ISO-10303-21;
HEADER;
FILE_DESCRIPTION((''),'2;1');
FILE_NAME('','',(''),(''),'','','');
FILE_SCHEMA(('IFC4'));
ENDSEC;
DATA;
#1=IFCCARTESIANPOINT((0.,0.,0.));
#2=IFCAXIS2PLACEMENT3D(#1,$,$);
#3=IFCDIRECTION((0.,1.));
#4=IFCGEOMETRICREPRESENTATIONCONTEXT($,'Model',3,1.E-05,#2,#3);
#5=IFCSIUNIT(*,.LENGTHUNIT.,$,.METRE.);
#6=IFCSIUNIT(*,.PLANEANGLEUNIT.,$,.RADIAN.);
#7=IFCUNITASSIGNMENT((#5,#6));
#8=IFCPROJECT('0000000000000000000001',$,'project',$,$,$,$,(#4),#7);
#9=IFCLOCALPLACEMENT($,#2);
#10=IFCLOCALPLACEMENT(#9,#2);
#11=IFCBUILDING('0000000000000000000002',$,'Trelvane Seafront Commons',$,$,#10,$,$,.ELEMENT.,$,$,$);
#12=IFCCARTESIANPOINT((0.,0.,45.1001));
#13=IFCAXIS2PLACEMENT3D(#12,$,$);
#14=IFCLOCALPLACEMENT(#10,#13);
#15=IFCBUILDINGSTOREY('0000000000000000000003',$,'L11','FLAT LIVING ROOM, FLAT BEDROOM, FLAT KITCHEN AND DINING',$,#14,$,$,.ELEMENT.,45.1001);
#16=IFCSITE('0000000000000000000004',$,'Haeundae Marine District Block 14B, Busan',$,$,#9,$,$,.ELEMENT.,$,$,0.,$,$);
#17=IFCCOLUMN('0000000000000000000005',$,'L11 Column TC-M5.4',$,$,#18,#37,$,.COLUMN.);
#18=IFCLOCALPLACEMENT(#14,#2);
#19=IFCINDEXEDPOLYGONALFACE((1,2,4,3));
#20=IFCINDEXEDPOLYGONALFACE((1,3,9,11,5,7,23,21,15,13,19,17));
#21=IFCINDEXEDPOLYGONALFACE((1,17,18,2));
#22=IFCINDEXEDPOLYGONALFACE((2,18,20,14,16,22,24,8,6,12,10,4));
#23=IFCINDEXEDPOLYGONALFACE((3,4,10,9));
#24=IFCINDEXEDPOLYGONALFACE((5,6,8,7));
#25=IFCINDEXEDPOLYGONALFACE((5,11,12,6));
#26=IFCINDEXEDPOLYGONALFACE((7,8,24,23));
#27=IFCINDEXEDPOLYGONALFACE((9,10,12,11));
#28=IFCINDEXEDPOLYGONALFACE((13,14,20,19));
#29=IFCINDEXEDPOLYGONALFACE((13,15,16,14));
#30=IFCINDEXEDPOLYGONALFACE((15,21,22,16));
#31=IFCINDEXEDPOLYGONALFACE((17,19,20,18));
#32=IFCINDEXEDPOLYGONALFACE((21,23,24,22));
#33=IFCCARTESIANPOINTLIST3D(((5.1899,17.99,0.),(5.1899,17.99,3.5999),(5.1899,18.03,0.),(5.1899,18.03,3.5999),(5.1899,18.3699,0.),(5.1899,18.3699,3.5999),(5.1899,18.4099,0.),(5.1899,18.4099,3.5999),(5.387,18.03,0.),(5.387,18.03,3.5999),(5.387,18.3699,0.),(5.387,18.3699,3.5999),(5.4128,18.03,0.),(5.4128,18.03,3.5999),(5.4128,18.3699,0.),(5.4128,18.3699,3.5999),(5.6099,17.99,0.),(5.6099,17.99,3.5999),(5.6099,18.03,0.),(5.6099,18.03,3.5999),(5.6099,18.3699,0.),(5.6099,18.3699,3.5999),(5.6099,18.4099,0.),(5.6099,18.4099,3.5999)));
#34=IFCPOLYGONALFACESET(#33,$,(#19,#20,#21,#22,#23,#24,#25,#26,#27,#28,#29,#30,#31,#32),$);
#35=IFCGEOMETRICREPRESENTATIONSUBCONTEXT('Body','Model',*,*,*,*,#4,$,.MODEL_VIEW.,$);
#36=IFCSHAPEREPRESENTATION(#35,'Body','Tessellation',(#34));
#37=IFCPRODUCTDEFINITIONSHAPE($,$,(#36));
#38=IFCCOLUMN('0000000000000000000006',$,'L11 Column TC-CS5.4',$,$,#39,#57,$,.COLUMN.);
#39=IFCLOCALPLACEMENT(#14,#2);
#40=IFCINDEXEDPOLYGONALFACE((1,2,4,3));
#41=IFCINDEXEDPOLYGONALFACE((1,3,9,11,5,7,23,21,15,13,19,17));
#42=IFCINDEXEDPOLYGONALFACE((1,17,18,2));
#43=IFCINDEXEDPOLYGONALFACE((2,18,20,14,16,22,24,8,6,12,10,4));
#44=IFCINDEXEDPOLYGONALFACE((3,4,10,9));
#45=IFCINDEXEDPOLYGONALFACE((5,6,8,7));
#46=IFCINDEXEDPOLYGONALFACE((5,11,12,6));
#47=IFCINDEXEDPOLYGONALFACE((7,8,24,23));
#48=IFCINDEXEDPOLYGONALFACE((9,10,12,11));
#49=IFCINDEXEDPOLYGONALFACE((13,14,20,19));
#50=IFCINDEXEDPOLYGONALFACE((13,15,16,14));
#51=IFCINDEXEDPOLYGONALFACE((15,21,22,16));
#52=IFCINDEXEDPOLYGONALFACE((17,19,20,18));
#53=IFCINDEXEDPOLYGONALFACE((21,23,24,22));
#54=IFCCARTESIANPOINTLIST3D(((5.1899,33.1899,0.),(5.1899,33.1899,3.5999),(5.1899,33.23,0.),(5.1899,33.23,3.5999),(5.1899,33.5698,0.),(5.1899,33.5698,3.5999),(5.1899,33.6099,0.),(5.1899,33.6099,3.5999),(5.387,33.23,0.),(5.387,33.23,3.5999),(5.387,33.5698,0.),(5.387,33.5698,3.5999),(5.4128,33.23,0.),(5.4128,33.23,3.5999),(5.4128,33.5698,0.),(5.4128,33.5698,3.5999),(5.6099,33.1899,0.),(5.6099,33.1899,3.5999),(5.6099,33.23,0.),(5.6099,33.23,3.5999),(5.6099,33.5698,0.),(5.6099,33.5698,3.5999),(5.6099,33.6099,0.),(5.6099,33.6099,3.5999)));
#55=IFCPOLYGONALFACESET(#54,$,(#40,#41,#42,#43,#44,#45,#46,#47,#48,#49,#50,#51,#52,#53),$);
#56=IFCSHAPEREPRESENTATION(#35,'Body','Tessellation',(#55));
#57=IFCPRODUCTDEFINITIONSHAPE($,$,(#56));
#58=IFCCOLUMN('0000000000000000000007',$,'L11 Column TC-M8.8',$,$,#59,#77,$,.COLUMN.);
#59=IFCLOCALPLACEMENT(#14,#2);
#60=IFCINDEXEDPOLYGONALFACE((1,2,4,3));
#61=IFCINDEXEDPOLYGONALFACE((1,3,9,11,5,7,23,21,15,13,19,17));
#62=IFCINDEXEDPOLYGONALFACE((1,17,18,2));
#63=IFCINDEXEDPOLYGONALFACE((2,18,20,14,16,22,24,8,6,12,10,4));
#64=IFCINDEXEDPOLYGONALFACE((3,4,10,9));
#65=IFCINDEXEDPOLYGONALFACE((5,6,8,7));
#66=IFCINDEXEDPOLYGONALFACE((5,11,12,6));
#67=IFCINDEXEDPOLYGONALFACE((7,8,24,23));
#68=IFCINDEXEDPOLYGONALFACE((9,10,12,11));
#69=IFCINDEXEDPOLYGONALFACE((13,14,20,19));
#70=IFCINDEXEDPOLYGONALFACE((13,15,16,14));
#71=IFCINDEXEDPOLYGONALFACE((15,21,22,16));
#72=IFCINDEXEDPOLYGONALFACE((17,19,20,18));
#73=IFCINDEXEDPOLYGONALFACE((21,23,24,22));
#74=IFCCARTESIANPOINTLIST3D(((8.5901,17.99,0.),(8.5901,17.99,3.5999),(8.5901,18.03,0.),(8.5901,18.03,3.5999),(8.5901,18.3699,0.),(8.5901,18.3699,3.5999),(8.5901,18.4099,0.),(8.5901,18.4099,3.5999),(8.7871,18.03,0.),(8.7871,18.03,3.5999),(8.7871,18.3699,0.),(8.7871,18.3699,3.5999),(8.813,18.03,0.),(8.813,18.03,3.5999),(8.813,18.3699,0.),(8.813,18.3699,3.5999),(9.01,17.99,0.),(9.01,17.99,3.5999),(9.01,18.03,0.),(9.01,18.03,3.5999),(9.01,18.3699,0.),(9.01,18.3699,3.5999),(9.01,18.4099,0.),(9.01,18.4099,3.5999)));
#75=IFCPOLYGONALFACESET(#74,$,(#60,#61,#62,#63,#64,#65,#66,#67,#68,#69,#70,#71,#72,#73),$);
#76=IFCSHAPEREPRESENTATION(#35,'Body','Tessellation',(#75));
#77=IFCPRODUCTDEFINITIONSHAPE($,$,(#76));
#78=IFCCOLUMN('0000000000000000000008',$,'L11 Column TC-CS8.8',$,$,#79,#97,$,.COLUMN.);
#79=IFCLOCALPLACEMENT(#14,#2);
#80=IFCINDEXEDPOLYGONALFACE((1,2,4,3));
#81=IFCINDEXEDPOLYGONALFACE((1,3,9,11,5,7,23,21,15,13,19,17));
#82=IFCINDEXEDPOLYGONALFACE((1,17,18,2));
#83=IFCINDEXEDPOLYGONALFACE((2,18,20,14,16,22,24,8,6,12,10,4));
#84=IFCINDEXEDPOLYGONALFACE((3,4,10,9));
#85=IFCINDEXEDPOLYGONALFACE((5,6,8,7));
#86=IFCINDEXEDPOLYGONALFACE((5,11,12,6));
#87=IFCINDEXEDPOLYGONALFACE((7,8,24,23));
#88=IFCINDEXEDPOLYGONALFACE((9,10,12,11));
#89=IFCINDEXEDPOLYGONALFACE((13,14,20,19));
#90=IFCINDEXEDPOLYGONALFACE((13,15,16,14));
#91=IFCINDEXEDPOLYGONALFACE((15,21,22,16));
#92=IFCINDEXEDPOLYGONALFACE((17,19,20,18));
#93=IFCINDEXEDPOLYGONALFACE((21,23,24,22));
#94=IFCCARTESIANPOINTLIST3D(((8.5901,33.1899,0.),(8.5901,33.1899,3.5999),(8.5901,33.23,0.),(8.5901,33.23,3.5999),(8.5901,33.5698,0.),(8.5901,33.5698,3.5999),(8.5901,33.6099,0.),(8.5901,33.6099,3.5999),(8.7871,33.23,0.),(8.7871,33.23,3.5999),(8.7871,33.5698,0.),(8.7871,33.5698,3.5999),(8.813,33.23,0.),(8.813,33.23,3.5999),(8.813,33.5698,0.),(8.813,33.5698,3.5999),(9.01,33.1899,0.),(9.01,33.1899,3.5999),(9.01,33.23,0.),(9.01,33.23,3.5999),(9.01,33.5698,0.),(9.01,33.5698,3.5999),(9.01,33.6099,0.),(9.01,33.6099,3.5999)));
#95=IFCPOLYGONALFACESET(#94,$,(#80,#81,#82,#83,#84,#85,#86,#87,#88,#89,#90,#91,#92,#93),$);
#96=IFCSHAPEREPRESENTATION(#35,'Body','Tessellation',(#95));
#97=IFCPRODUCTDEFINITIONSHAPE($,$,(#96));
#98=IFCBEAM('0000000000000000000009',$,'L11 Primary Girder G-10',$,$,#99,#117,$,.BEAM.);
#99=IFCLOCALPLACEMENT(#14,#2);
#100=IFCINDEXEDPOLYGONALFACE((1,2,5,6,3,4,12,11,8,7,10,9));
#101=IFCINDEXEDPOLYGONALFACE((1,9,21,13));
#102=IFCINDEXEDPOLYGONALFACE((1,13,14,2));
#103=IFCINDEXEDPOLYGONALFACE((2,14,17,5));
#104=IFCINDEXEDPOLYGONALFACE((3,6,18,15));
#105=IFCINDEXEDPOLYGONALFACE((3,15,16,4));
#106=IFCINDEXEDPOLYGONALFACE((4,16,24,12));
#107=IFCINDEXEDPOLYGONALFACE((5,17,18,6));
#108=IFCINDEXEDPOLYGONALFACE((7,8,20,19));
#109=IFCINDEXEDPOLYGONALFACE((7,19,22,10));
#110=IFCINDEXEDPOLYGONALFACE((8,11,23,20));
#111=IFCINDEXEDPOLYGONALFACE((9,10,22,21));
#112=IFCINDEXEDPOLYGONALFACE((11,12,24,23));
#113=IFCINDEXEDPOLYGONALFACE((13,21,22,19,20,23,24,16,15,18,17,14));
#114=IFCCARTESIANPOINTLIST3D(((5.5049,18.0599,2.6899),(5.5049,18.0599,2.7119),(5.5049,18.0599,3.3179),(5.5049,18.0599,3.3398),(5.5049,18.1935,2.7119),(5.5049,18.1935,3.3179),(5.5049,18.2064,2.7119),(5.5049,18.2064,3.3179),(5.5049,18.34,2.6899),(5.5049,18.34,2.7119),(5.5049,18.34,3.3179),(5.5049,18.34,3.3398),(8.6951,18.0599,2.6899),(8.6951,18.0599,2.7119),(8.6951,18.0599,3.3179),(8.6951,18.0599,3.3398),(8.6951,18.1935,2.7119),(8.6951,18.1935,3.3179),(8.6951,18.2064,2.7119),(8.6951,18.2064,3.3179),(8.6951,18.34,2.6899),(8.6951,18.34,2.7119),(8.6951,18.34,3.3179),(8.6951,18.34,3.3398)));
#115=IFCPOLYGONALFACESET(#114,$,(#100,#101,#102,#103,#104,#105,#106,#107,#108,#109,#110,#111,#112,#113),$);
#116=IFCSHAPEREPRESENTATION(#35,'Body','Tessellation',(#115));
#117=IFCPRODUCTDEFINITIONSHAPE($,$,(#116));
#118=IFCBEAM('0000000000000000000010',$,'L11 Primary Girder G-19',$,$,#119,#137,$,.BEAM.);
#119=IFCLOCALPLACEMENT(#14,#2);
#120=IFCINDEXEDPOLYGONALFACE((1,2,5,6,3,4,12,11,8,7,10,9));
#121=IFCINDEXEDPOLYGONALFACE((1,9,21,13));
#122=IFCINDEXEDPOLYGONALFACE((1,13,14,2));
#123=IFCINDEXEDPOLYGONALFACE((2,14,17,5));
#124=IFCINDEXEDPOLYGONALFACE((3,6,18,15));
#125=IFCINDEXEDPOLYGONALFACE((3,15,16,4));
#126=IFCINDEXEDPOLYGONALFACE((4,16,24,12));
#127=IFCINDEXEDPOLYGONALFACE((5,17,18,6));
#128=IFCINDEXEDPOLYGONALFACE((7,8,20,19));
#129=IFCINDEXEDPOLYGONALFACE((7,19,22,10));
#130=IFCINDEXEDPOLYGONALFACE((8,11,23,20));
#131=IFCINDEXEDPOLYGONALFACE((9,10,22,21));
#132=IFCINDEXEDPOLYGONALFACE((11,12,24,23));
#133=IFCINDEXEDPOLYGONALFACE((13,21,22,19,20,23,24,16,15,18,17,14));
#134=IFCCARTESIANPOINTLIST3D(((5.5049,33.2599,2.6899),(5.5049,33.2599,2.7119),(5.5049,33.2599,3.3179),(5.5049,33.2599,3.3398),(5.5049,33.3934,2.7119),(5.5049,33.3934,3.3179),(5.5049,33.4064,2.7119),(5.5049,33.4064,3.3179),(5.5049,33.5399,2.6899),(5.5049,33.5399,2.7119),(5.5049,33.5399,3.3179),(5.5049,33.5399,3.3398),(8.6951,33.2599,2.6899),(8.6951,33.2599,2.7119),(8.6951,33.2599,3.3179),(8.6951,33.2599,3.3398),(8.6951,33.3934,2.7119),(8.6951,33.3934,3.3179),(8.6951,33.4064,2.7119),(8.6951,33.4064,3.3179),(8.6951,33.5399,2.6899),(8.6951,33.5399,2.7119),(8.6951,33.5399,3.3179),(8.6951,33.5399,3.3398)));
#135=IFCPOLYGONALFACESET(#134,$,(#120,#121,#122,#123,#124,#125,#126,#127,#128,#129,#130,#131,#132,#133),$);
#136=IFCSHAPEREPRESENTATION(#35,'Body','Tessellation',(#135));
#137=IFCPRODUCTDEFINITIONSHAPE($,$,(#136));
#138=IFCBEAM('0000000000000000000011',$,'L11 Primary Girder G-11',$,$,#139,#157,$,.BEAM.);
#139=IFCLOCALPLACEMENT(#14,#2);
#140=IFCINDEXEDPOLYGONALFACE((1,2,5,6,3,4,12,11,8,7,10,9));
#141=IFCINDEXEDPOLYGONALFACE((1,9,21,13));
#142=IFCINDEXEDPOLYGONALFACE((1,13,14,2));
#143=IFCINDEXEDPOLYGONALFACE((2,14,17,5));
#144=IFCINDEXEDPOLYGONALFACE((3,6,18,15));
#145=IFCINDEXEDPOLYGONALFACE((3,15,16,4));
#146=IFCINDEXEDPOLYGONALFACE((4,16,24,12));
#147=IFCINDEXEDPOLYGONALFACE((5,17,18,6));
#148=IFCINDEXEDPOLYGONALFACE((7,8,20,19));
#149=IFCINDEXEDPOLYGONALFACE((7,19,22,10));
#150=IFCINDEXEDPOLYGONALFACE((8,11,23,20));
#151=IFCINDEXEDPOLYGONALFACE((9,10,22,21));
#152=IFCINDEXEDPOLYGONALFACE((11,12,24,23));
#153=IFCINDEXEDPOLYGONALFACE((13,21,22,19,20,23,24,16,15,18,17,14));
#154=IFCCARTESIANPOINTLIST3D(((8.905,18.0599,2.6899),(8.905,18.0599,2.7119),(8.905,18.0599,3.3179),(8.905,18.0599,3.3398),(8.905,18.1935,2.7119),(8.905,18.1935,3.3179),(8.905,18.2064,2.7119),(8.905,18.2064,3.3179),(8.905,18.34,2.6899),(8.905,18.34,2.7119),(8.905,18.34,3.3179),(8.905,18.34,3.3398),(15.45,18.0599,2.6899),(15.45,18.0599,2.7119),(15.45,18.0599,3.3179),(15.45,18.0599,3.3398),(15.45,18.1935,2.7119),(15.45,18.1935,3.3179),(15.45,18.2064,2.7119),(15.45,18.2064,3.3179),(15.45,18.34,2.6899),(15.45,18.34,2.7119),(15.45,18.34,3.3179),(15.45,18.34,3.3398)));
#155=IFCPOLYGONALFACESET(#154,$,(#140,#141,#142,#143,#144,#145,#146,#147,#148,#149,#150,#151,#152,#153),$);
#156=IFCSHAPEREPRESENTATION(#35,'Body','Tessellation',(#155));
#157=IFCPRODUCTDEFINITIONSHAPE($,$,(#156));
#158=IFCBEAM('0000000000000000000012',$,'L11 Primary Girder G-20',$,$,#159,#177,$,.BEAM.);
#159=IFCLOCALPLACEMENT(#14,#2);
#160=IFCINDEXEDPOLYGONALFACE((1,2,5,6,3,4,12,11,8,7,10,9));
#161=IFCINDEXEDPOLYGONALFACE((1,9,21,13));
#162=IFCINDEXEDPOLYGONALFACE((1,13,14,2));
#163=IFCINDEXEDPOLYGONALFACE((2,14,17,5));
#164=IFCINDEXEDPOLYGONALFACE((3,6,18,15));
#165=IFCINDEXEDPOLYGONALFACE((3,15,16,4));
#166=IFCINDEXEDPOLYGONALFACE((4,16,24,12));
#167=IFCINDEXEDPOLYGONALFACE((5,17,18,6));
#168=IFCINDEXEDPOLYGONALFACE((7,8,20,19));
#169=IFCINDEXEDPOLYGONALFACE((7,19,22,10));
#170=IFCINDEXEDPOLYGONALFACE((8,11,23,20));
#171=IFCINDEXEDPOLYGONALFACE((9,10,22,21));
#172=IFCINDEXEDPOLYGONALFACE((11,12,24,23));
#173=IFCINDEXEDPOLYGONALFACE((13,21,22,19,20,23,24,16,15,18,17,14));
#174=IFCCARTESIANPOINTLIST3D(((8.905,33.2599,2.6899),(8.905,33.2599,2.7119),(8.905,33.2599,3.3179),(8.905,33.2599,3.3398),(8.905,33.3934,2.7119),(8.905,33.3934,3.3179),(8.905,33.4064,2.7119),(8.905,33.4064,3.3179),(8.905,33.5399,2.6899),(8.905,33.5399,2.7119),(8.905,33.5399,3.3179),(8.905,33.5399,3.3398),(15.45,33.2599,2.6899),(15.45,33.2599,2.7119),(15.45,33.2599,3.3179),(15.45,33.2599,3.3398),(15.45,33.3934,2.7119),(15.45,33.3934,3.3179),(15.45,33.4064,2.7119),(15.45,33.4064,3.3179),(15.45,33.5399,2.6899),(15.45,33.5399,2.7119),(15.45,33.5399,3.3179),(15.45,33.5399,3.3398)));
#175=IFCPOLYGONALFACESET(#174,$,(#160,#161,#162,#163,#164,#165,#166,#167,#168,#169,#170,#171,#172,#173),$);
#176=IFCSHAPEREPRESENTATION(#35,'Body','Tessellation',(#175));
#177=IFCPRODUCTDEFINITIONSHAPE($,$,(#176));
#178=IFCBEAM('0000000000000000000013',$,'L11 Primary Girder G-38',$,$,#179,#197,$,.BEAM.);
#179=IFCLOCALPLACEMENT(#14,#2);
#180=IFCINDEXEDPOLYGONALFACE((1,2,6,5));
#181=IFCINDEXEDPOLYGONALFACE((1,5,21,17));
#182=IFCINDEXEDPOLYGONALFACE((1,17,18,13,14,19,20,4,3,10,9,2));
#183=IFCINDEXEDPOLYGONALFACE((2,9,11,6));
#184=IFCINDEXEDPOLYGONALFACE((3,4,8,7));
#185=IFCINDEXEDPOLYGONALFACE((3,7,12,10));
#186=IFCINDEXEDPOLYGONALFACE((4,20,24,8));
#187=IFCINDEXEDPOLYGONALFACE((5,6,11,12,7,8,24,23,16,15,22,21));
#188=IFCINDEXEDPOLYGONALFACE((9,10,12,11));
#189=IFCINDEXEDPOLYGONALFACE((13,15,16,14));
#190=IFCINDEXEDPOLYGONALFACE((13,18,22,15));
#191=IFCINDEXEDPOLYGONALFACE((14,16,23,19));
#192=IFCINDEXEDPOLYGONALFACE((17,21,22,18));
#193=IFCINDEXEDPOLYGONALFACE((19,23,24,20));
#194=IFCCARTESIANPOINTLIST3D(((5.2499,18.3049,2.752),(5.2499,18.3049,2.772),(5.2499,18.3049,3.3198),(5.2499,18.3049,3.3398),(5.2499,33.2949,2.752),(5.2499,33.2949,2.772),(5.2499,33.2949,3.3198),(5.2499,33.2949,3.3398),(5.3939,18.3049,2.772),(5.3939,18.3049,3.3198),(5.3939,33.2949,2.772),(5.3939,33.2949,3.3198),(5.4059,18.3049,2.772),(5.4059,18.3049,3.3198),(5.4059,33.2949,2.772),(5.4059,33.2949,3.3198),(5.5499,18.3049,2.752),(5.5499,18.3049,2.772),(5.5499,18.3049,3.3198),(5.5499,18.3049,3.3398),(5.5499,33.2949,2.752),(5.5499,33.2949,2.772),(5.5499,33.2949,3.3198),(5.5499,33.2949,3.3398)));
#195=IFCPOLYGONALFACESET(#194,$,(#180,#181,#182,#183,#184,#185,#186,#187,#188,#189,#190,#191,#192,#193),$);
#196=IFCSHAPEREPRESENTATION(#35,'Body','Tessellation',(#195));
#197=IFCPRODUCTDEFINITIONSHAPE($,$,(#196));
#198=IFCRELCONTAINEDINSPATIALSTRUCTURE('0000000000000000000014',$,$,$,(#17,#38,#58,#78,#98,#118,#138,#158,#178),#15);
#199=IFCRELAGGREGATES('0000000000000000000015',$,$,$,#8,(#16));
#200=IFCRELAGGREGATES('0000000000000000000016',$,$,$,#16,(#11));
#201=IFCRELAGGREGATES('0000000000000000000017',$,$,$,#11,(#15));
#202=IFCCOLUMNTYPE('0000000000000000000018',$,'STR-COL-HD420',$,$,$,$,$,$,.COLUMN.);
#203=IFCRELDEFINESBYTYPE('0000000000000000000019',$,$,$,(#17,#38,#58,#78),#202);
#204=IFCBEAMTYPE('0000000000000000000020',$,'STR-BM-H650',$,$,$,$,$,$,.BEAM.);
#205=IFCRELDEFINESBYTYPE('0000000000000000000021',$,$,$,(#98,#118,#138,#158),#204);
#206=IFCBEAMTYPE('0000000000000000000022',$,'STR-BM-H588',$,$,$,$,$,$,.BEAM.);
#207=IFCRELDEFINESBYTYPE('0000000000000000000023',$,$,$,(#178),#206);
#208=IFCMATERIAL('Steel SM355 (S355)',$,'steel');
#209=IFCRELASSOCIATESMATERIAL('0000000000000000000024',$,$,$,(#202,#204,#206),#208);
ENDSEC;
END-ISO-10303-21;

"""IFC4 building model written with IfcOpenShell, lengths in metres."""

from ifc_helpers import new_model, si_unit, direction, frame, origin, origin_2d, place, context, subcontext, project, spatial, i_section, extrude, source, transform, mapped, material, material_profile, profile_set, type_object, element, save


model = new_model("IFC4")

# Units and contexts
model_context = context("Model", 3, precision=1e-05, world=origin(), true_north=direction((0.0, 1.0)))
body_context = subcontext(model_context, "Body", "Model", "MODEL_VIEW")
ifc_project = project(units=[si_unit("LENGTHUNIT", "METRE"), si_unit("PLANEANGLEUNIT", "RADIAN")], contexts=[model_context])

# Site, building, storey
site_placement = place(None, origin())
site = spatial("IfcSite", under=ifc_project, at=site_placement, Name="Haeundae Marine District Block 14B, Busan", CompositionType="ELEMENT", RefElevation=0.0)
building_placement = place(site_placement, origin())
building = spatial("IfcBuilding", under=site, at=building_placement, Name="Trelvane Seafront Commons", CompositionType="ELEMENT")
storey_placement = place(building_placement, frame((0.0, 0.0, 45.1001)))
storey = spatial("IfcBuildingStorey", under=building, at=storey_placement, Name="L11", Description="FLAT LIVING ROOM, FLAT BEDROOM, FLAT KITCHEN AND DINING", CompositionType="ELEMENT", Elevation=45.1001)

# Columns
ifc_material_1 = material(Name="Steel SM355 (S355)", Category="steel")
ifc_material_profile_1 = material_profile(ifc_material_1, i_section(OverallWidth=0.4199, OverallDepth=0.4199, WebThickness=0.0259, FlangeThickness=0.04, at=origin_2d()), Name="HD-420x420x26x40")
ifc_profile_set_1 = profile_set([ifc_material_profile_1], Name="Steel SM355 (S355)")
column_type = type_object("IfcColumnType", Name="STR-COL-HD420", PredefinedType="COLUMN", material=ifc_profile_set_1)
shared_shape_1 = source(origin(), body_context, "Body", "SweptSolid", [
    extrude(i_section(OverallWidth=0.4199, OverallDepth=0.4199, WebThickness=0.0259, FlangeThickness=0.04, at=origin_2d()), origin(), (0.0, 0.0, 1.0), 3.5999),
])
for number, where, z_axis, x_axis, name in (
    (1, (5.3999, 18.2, 0.0), (0.0, 0.0, 1.0), (1.0, 0.0, 0.0), "L11 Column TC-M5.4"),
    (2, (5.3999, 33.3999, 0.0), (0.0, 0.0, 1.0), (1.0, 0.0, 0.0), "L11 Column TC-CS5.4"),
    (3, (8.8, 18.2, 0.0), (0.0, 0.0, 1.0), (1.0, 0.0, 0.0), "L11 Column TC-M8.8"),
    (4, (8.8, 33.3999, 0.0), (0.0, 0.0, 1.0), (1.0, 0.0, 0.0), "L11 Column TC-CS8.8"),
):
    element("IfcColumn", number, at=place(storey_placement, frame(where, z_axis=z_axis, x_axis=x_axis)), inside=storey, type_object=column_type, Name=name, PredefinedType="COLUMN", context=body_context, shape_type="MappedRepresentation", body=[
        mapped(shared_shape_1, transform((0.0, 0.0, 0.0), x_axis=(1.0, 0.0, 0.0), y_axis=(0.0, 1.0, 0.0), z_axis=(0.0, 0.0, 1.0), scale=1.0)),
    ])

# Beams
ifc_material_profile_2 = material_profile(ifc_material_1, i_section(OverallWidth=0.28, OverallDepth=0.6499, WebThickness=0.0129, FlangeThickness=0.022, at=origin_2d()), Name="H-650x280x13x22")
ifc_profile_set_2 = profile_set([ifc_material_profile_2], Name="Steel SM355 (S355)")
beam_type_1 = type_object("IfcBeamType", Name="STR-BM-H650", PredefinedType="BEAM", material=ifc_profile_set_2)
shared_shape_2 = source(origin(), body_context, "Body", "SweptSolid", [
    extrude(i_section(OverallWidth=0.28, OverallDepth=0.6499, WebThickness=0.0129, FlangeThickness=0.022, at=origin_2d()), origin(), (0.0, 0.0, 1.0), 3.1902),
])
for number, where, z_axis, x_axis, name in (
    (5, (5.5049, 18.2, 3.0149), (1.0, 0.0, 0.0), (0.0, 1.0, 0.0), "L11 Primary Girder G-10"),
    (6, (5.5049, 33.3999, 3.0149), (1.0, 0.0, 0.0), (0.0, 1.0, 0.0), "L11 Primary Girder G-19"),
):
    element("IfcBeam", number, at=place(storey_placement, frame(where, z_axis=z_axis, x_axis=x_axis)), inside=storey, type_object=beam_type_1, Name=name, PredefinedType="BEAM", context=body_context, shape_type="MappedRepresentation", body=[
        mapped(shared_shape_2, transform((0.0, 0.0, 0.0), x_axis=(1.0, 0.0, 0.0), y_axis=(0.0, 1.0, 0.0), z_axis=(0.0, 0.0, 1.0), scale=1.0)),
    ])
shared_shape_3 = source(origin(), body_context, "Body", "SweptSolid", [
    extrude(i_section(OverallWidth=0.28, OverallDepth=0.6499, WebThickness=0.0129, FlangeThickness=0.022, at=origin_2d()), origin(), (0.0, 0.0, 1.0), 6.5449),
])
for number, where, z_axis, x_axis, name in (
    (7, (8.905, 18.2, 3.0149), (1.0, 0.0, 0.0), (0.0, 1.0, 0.0), "L11 Primary Girder G-11"),
    (8, (8.905, 33.3999, 3.0149), (1.0, 0.0, 0.0), (0.0, 1.0, 0.0), "L11 Primary Girder G-20"),
):
    element("IfcBeam", number, at=place(storey_placement, frame(where, z_axis=z_axis, x_axis=x_axis)), inside=storey, type_object=beam_type_1, Name=name, PredefinedType="BEAM", context=body_context, shape_type="MappedRepresentation", body=[
        mapped(shared_shape_3, transform((0.0, 0.0, 0.0), x_axis=(1.0, 0.0, 0.0), y_axis=(0.0, 1.0, 0.0), z_axis=(0.0, 0.0, 1.0), scale=1.0)),
    ])
ifc_material_profile_3 = material_profile(ifc_material_1, i_section(OverallWidth=0.3, OverallDepth=0.5879, WebThickness=0.012, FlangeThickness=0.02, at=origin_2d()), Name="H-588x300x12x20")
ifc_profile_set_3 = profile_set([ifc_material_profile_3], Name="Steel SM355 (S355)")
beam_type_2 = type_object("IfcBeamType", Name="STR-BM-H588", PredefinedType="BEAM", material=ifc_profile_set_3)
shared_shape_4 = source(origin(), body_context, "Body", "SweptSolid", [
    extrude(i_section(OverallWidth=0.3, OverallDepth=0.5879, WebThickness=0.012, FlangeThickness=0.02, at=origin_2d()), origin(), (0.0, 0.0, 1.0), 14.99),
])
for number, where, z_axis, x_axis, name in (
    (9, (5.3999, 18.3049, 3.0459), (0.0, 1.0, 0.0), (-1.0, 0.0, 0.0), "L11 Primary Girder G-38"),
):
    element("IfcBeam", number, at=place(storey_placement, frame(where, z_axis=z_axis, x_axis=x_axis)), inside=storey, type_object=beam_type_2, Name=name, PredefinedType="BEAM", context=body_context, shape_type="MappedRepresentation", body=[
        mapped(shared_shape_4, transform((0.0, 0.0, 0.0), x_axis=(1.0, 0.0, 0.0), y_axis=(0.0, 1.0, 0.0), z_axis=(0.0, 0.0, 1.0), scale=1.0)),
    ])

save(model, "model.ifc")
